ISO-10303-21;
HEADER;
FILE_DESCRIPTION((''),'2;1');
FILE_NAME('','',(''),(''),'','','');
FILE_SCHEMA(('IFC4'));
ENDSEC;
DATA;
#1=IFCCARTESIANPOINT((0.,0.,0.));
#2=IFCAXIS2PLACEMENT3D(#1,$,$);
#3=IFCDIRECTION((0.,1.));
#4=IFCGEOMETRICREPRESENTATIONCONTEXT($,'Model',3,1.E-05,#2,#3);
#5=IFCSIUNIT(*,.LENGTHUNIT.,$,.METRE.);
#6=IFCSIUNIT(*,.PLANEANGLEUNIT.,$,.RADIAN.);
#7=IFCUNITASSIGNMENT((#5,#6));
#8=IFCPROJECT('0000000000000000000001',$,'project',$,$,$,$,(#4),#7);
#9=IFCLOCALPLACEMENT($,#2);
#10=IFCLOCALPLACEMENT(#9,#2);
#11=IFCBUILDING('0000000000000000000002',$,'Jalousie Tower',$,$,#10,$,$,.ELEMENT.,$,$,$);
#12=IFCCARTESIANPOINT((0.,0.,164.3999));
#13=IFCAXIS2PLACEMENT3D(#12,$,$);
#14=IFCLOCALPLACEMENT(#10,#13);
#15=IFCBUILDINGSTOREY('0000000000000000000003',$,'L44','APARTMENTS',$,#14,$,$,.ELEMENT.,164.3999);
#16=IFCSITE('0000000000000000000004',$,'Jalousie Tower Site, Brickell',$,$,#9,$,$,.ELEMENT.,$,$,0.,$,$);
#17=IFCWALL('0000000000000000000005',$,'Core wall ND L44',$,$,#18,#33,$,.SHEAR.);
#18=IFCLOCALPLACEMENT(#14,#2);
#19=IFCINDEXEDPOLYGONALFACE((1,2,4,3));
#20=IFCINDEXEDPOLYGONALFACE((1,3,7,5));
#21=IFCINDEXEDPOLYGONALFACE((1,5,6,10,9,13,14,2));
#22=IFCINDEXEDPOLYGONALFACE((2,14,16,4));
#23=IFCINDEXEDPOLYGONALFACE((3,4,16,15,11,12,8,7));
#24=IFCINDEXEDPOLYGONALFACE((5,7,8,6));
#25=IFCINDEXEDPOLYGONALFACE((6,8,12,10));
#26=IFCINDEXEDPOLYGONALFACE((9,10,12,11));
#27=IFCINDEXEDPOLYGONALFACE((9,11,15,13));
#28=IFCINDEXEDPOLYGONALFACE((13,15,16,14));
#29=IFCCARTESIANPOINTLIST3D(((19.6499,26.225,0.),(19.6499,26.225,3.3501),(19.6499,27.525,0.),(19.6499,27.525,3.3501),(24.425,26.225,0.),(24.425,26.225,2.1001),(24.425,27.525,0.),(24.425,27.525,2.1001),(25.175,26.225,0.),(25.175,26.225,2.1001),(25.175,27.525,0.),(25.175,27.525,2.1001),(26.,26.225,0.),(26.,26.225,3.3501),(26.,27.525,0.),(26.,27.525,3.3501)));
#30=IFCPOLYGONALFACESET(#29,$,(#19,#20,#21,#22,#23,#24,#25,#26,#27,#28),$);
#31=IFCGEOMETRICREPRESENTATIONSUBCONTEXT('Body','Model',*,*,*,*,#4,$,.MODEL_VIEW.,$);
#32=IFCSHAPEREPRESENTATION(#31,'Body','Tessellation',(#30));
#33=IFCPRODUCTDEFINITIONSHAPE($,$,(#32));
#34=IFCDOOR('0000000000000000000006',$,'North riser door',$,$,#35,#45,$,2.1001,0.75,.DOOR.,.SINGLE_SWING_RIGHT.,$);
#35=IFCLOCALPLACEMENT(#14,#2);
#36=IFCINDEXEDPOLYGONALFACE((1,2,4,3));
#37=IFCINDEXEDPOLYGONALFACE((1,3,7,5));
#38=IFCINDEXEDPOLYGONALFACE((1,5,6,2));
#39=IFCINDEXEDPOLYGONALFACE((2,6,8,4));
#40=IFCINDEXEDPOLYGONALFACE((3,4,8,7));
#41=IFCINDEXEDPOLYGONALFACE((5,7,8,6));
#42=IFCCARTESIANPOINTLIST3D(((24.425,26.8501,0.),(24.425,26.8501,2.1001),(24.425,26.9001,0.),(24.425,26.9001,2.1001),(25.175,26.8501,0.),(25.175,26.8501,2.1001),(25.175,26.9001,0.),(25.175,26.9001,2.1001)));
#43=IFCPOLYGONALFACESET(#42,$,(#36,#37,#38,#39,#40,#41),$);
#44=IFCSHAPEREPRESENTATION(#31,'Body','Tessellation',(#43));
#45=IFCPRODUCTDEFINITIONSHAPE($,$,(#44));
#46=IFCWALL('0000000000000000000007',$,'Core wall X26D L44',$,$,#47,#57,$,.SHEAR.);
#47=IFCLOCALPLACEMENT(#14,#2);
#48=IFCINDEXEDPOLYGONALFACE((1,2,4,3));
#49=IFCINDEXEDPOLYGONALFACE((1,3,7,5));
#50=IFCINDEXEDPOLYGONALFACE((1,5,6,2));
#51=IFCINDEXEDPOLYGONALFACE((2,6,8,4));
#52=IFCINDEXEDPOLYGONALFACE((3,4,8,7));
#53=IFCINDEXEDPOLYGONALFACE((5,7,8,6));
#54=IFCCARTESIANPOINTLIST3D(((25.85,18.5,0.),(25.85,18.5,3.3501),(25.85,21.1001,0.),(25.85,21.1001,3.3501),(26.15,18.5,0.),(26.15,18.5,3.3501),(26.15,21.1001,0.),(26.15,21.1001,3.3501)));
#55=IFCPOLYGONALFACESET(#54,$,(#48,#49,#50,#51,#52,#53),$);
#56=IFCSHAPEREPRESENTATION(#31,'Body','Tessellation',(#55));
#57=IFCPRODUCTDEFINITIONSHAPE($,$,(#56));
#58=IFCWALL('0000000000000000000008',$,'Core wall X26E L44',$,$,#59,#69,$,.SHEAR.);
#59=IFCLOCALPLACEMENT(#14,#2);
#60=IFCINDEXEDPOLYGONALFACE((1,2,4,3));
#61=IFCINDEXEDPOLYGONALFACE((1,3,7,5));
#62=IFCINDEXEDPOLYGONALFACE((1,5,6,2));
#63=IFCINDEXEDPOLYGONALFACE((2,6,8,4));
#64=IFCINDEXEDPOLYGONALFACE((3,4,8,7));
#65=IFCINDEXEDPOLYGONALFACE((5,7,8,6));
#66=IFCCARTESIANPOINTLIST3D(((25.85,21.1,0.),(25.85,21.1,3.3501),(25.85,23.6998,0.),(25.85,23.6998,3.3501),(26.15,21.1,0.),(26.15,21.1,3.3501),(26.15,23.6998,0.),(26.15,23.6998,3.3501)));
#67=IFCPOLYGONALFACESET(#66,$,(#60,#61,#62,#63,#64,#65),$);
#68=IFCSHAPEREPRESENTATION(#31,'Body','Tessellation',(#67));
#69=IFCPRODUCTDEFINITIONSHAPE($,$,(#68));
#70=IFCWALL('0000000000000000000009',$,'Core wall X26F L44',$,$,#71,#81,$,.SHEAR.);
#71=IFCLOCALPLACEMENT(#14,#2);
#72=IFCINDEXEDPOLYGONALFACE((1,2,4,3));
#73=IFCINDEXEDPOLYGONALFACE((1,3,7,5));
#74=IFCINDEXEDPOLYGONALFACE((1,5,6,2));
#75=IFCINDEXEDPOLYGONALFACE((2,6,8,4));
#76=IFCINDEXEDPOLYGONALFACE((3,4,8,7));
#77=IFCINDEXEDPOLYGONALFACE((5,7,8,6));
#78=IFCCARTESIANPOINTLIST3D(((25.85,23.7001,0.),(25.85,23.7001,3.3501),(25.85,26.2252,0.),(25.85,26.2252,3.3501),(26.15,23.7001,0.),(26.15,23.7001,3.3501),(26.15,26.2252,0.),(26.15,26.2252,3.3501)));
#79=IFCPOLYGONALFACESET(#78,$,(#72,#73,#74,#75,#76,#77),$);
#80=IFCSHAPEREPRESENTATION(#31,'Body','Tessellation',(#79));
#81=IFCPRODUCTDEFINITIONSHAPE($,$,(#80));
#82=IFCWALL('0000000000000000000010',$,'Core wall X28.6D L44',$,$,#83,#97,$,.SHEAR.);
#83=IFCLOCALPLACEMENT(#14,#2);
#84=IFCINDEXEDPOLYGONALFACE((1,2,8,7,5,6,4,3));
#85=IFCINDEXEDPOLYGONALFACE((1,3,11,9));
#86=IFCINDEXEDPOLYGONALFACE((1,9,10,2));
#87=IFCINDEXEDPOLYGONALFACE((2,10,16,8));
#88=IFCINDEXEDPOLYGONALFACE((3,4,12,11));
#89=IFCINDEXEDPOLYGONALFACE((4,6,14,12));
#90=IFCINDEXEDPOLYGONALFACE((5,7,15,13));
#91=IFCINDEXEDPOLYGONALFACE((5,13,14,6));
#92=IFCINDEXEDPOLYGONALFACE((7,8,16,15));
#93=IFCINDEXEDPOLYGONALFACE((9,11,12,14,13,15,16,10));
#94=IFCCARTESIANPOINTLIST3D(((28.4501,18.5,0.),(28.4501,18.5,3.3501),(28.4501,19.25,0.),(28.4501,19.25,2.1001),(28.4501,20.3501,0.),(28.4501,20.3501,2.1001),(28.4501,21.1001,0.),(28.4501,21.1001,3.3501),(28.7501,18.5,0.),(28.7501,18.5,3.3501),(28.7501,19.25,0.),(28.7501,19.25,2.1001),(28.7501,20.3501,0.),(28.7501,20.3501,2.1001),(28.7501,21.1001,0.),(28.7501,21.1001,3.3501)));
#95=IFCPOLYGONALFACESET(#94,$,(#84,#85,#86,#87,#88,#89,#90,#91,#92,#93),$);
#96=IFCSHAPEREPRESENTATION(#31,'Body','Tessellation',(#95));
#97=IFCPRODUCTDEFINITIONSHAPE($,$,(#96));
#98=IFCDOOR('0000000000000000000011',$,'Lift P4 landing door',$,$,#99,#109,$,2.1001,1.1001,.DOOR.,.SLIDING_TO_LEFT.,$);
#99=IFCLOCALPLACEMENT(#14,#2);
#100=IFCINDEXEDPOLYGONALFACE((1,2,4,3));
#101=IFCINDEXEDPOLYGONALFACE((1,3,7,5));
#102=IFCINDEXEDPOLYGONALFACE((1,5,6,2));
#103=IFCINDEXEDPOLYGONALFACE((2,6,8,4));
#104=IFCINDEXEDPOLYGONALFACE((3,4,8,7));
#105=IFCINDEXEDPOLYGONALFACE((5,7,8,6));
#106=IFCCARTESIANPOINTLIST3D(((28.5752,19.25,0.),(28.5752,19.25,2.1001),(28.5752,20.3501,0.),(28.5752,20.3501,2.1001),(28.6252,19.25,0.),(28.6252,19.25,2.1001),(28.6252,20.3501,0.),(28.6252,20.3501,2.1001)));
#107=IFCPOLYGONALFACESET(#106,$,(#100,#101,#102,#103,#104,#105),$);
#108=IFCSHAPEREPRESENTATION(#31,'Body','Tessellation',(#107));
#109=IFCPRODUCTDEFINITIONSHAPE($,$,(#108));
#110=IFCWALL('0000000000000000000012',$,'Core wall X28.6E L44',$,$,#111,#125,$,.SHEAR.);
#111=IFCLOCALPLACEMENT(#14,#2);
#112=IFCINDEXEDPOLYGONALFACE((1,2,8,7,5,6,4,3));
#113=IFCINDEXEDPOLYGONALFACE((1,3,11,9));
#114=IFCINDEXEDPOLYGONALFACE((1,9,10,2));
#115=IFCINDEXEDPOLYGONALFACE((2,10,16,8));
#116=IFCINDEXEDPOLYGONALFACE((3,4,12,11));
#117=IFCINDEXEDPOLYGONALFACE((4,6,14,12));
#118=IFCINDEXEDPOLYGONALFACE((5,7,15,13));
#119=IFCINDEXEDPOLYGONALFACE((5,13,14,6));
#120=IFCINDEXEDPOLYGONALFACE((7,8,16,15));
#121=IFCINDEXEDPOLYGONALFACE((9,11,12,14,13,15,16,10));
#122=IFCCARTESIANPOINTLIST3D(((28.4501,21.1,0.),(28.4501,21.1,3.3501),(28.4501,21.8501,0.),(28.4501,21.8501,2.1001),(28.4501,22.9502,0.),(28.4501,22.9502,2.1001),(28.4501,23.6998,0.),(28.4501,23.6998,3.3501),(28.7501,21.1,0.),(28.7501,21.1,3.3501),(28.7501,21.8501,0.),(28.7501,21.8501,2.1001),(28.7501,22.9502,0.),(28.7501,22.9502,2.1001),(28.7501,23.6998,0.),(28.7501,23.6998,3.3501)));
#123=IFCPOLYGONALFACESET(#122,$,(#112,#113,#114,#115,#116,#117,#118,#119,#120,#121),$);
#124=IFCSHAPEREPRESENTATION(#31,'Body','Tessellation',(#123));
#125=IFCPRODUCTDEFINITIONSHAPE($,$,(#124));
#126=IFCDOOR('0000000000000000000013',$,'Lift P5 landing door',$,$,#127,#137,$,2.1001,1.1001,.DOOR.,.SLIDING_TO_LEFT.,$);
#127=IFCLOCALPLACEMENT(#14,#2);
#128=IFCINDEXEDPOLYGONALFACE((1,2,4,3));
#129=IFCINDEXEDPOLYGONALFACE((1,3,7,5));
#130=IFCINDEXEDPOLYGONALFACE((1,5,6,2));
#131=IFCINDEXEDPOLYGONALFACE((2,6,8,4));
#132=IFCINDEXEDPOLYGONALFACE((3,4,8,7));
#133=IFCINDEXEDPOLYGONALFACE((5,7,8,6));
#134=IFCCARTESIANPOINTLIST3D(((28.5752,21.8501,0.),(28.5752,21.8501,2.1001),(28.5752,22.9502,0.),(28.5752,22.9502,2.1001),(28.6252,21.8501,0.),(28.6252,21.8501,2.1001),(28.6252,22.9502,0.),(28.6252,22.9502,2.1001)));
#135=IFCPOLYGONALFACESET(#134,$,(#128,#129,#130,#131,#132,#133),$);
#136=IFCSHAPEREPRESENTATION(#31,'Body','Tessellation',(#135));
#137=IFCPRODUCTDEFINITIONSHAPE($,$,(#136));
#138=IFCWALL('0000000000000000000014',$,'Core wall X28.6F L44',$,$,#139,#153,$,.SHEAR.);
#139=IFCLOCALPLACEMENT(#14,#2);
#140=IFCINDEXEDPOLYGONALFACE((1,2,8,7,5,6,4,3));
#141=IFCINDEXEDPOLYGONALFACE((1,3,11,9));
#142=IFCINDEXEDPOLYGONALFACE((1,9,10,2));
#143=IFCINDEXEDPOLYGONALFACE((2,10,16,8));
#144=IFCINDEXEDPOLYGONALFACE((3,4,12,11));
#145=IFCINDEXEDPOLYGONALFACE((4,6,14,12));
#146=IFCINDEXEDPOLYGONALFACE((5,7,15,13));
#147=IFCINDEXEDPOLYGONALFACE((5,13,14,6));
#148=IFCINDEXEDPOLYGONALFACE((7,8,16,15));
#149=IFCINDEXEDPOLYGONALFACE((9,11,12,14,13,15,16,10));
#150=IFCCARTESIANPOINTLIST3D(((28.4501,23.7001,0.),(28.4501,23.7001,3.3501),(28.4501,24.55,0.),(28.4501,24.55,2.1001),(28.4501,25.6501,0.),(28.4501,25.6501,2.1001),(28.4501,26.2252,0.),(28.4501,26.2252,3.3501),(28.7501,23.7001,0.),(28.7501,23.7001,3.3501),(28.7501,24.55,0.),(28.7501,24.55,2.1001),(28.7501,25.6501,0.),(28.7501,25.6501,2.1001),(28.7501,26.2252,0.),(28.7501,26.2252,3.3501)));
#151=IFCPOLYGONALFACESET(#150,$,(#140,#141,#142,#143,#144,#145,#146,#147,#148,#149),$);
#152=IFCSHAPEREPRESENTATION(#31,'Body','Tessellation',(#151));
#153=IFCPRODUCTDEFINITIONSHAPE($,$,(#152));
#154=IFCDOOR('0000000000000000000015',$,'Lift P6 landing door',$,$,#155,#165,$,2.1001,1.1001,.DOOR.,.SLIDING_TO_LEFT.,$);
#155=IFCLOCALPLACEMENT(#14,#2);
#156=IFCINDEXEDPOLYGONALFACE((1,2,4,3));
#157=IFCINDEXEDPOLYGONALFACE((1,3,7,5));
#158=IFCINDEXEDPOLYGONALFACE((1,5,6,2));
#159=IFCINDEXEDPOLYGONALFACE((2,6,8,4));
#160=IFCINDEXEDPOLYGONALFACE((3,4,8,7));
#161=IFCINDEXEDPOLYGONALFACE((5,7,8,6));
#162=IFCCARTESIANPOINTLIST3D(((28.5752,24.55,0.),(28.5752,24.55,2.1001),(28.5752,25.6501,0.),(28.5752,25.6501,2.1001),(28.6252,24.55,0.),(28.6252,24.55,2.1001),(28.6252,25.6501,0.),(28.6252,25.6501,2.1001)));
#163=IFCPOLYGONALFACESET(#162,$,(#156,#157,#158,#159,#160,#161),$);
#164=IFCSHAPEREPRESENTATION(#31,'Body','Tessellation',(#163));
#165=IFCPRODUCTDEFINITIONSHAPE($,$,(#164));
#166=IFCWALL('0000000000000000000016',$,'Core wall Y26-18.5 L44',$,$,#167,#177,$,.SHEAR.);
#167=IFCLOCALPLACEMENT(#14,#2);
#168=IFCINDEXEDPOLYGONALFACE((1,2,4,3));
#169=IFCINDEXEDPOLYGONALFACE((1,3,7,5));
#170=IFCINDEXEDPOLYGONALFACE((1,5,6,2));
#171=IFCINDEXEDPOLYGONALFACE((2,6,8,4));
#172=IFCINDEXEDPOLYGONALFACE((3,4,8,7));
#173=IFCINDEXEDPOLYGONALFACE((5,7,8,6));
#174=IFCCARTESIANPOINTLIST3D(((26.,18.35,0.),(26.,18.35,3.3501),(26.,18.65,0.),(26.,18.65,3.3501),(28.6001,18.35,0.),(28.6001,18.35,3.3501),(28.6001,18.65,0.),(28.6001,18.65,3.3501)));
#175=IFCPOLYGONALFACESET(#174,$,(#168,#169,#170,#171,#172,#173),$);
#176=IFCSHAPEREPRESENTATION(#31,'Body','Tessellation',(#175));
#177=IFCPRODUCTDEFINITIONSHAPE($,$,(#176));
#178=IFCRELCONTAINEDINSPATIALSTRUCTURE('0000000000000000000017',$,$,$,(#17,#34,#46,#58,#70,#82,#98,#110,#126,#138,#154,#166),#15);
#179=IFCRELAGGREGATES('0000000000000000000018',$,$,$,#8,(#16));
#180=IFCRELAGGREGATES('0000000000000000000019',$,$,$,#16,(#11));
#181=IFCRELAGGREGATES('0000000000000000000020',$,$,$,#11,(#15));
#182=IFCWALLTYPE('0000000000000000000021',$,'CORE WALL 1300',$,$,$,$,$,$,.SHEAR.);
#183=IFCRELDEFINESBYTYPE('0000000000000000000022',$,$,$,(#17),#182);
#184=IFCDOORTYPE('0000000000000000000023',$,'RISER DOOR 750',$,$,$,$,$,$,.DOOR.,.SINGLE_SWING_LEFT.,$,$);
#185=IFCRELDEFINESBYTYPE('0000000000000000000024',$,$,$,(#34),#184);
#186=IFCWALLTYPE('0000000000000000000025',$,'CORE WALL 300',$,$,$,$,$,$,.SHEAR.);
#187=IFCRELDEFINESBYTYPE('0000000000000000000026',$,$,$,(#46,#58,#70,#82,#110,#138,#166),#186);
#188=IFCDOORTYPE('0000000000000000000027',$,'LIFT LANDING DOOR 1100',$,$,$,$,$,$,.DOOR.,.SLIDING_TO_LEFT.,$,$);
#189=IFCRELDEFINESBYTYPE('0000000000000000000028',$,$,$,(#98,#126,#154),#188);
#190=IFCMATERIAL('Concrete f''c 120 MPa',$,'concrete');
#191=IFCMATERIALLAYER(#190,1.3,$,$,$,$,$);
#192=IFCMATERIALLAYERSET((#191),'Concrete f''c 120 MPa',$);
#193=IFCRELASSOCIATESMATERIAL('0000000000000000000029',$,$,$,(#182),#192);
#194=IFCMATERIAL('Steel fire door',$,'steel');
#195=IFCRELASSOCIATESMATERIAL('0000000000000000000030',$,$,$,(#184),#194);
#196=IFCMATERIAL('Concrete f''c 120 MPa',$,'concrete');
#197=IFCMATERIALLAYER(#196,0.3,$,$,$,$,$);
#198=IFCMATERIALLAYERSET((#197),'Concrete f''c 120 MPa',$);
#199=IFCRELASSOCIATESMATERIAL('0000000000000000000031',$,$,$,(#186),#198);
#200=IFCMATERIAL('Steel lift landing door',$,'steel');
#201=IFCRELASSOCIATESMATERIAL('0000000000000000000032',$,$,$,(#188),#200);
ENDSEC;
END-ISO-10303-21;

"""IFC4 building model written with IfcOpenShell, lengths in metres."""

from ifc_helpers import new_model, si_unit, direction, frame, frame_2d, origin, place, context, subcontext, project, spatial, rectangle, extrude, material, layer, layer_set, type_object, element, fill, save


model = new_model("IFC4")

# Units and contexts
model_context = context("Model", 3, precision=1e-05, world=origin(), true_north=direction((0.0, 1.0)))
body_context = subcontext(model_context, "Body", "Model", "MODEL_VIEW")
ifc_project = project(units=[si_unit("LENGTHUNIT", "METRE"), si_unit("PLANEANGLEUNIT", "RADIAN")], contexts=[model_context])

# Site, building, storey
site_placement = place(None, origin())
site = spatial("IfcSite", under=ifc_project, at=site_placement, Name="Jalousie Tower Site, Brickell", CompositionType="ELEMENT", RefElevation=0.0)
building_placement = place(site_placement, origin())
building = spatial("IfcBuilding", under=site, at=building_placement, Name="Jalousie Tower", CompositionType="ELEMENT")
storey_placement = place(building_placement, frame((0.0, 0.0, 164.3999)))
storey = spatial("IfcBuildingStorey", under=building, at=storey_placement, Name="L44", Description="APARTMENTS", CompositionType="ELEMENT", Elevation=164.3999)

# Wall, opening, door
ifc_material_1 = material(Name="Concrete f'c 120 MPa", Category="concrete")
ifc_layer_1 = layer(ifc_material_1, 1.3)
ifc_layer_set_1 = layer_set([ifc_layer_1], Name="Concrete f'c 120 MPa")
wall_type_1 = type_object("IfcWallType", Name="CORE WALL 1300", PredefinedType="SHEAR", material=ifc_layer_set_1)
wall_1_placement = place(storey_placement, frame((26.0, 26.875, 0.0), z_axis=(0.0, 0.0, 1.0), x_axis=(-1.0, 0.0, 0.0)))
wall_1 = element("IfcWall", 1, at=wall_1_placement, inside=storey, type_object=wall_type_1, Name="Core wall ND L44", PredefinedType="SHEAR", context=body_context, shape_type="SweptSolid", body=[
    extrude(rectangle(XDim=6.3501, YDim=1.3, at=frame_2d((3.175, 0.0))), origin(), (0.0, 0.0, 1.0), 3.3501),
])
opening_1_placement = place(wall_1_placement, frame((0.825, 0.0, 0.0)))
opening_1 = element("IfcOpeningElement", 2, at=opening_1_placement, cuts=wall_1, PredefinedType="OPENING", context=body_context, shape_type="SweptSolid", body=[
    extrude(rectangle(XDim=0.75, YDim=2.1001, at=frame_2d((0.375, 1.05))), frame((0.0, 0.6599, 0.0), z_axis=(0.0, -1.0, 0.0), x_axis=(1.0, 0.0, 0.0)), (0.0, 0.0, 1.0), 1.3201),
])
ifc_material_2 = material(Name="Steel fire door", Category="steel")
door_type_1 = type_object("IfcDoorType", Name="RISER DOOR 750", OperationType="SINGLE_SWING_LEFT", PredefinedType="DOOR", material=ifc_material_2)
door_1_placement = place(opening_1_placement, origin())
door_1 = element("IfcDoor", 3, at=door_1_placement, inside=storey, type_object=door_type_1, Name="North riser door", OperationType="SINGLE_SWING_RIGHT", OverallHeight=2.1001, OverallWidth=0.75, PredefinedType="DOOR", context=body_context, shape_type="SweptSolid", body=[
    extrude(rectangle(XDim=0.75, YDim=2.1001, at=frame_2d((0.375, 1.05))), frame((0.0, 0.0249, 0.0), z_axis=(0.0, -1.0, 0.0), x_axis=(1.0, 0.0, 0.0)), (0.0, 0.0, 1.0), 0.05),
])
fill(opening_1, door_1)

# Walls
ifc_material_3 = material(Name="Concrete f'c 120 MPa", Category="concrete")
ifc_layer_2 = layer(ifc_material_3, 0.3)
ifc_layer_set_2 = layer_set([ifc_layer_2], Name="Concrete f'c 120 MPa")
wall_type_2 = type_object("IfcWallType", Name="CORE WALL 300", PredefinedType="SHEAR", material=ifc_layer_set_2)
wall_2_placement = place(storey_placement, frame((26.0, 18.5, 0.0), z_axis=(0.0, 0.0, 1.0), x_axis=(0.0, 1.0, 0.0)))
element("IfcWall", 4, at=wall_2_placement, inside=storey, type_object=wall_type_2, Name="Core wall X26D L44", PredefinedType="SHEAR", context=body_context, shape_type="SweptSolid", body=[
    extrude(rectangle(XDim=2.6001, YDim=0.3, at=frame_2d((1.3, 0.0))), origin(), (0.0, 0.0, 1.0), 3.3501),
])
wall_3_placement = place(storey_placement, frame((26.0, 21.1001, 0.0), z_axis=(0.0, 0.0, 1.0), x_axis=(0.0, 1.0, 0.0)))
element("IfcWall", 5, at=wall_3_placement, inside=storey, type_object=wall_type_2, Name="Core wall X26E L44", PredefinedType="SHEAR", context=body_context, shape_type="SweptSolid", body=[
    extrude(rectangle(XDim=2.5999, YDim=0.3, at=frame_2d((1.2998, 0.0))), origin(), (0.0, 0.0, 1.0), 3.3501),
])
wall_4_placement = place(storey_placement, frame((26.0, 23.7, 0.0), z_axis=(0.0, 0.0, 1.0), x_axis=(0.0, 1.0, 0.0)))
element("IfcWall", 6, at=wall_4_placement, inside=storey, type_object=wall_type_2, Name="Core wall X26F L44", PredefinedType="SHEAR", context=body_context, shape_type="SweptSolid", body=[
    extrude(rectangle(XDim=2.5251, YDim=0.3, at=frame_2d((1.2627, 0.0))), origin(), (0.0, 0.0, 1.0), 3.3501),
])

# Walls, openings, doors
wall_5_placement = place(storey_placement, frame((28.6001, 18.5, 0.0), z_axis=(0.0, 0.0, 1.0), x_axis=(0.0, 1.0, 0.0)))
wall_5 = element("IfcWall", 7, at=wall_5_placement, inside=storey, type_object=wall_type_2, Name="Core wall X28.6D L44", PredefinedType="SHEAR", context=body_context, shape_type="SweptSolid", body=[
    extrude(rectangle(XDim=2.6001, YDim=0.3, at=frame_2d((1.3, 0.0))), origin(), (0.0, 0.0, 1.0), 3.3501),
])
opening_2_placement = place(wall_5_placement, frame((0.75, 0.0, 0.0)))
opening_2 = element("IfcOpeningElement", 8, at=opening_2_placement, cuts=wall_5, PredefinedType="OPENING", context=body_context, shape_type="SweptSolid", body=[
    extrude(rectangle(XDim=1.1001, YDim=2.1001, at=frame_2d((0.55, 1.05))), frame((0.0, 0.1599, 0.0), z_axis=(0.0, -1.0, 0.0), x_axis=(1.0, 0.0, 0.0)), (0.0, 0.0, 1.0), 0.3201),
])
ifc_material_4 = material(Name="Steel lift landing door", Category="steel")
door_type_2 = type_object("IfcDoorType", Name="LIFT LANDING DOOR 1100", OperationType="SLIDING_TO_LEFT", PredefinedType="DOOR", material=ifc_material_4)
door_2_placement = place(opening_2_placement, origin())
door_2 = element("IfcDoor", 9, at=door_2_placement, inside=storey, type_object=door_type_2, Name="Lift P4 landing door", OperationType="SLIDING_TO_LEFT", OverallHeight=2.1001, OverallWidth=1.1001, PredefinedType="DOOR", context=body_context, shape_type="SweptSolid", body=[
    extrude(rectangle(XDim=1.1001, YDim=2.1001, at=frame_2d((0.55, 1.05))), frame((0.0, 0.0249, 0.0), z_axis=(0.0, -1.0, 0.0), x_axis=(1.0, 0.0, 0.0)), (0.0, 0.0, 1.0), 0.05),
])
fill(opening_2, door_2)
wall_6_placement = place(storey_placement, frame((28.6001, 21.1001, 0.0), z_axis=(0.0, 0.0, 1.0), x_axis=(0.0, 1.0, 0.0)))
wall_6 = element("IfcWall", 10, at=wall_6_placement, inside=storey, type_object=wall_type_2, Name="Core wall X28.6E L44", PredefinedType="SHEAR", context=body_context, shape_type="SweptSolid", body=[
    extrude(rectangle(XDim=2.5999, YDim=0.3, at=frame_2d((1.2998, 0.0))), origin(), (0.0, 0.0, 1.0), 3.3501),
])
opening_3_placement = place(wall_6_placement, frame((0.75, 0.0, 0.0)))
opening_3 = element("IfcOpeningElement", 11, at=opening_3_placement, cuts=wall_6, PredefinedType="OPENING", context=body_context, shape_type="SweptSolid", body=[
    extrude(rectangle(XDim=1.1001, YDim=2.1001, at=frame_2d((0.55, 1.05))), frame((0.0, 0.1599, 0.0), z_axis=(0.0, -1.0, 0.0), x_axis=(1.0, 0.0, 0.0)), (0.0, 0.0, 1.0), 0.3201),
])
door_3_placement = place(opening_3_placement, origin())
door_3 = element("IfcDoor", 12, at=door_3_placement, inside=storey, type_object=door_type_2, Name="Lift P5 landing door", OperationType="SLIDING_TO_LEFT", OverallHeight=2.1001, OverallWidth=1.1001, PredefinedType="DOOR", context=body_context, shape_type="SweptSolid", body=[
    extrude(rectangle(XDim=1.1001, YDim=2.1001, at=frame_2d((0.55, 1.05))), frame((0.0, 0.0249, 0.0), z_axis=(0.0, -1.0, 0.0), x_axis=(1.0, 0.0, 0.0)), (0.0, 0.0, 1.0), 0.05),
])
fill(opening_3, door_3)
wall_7_placement = place(storey_placement, frame((28.6001, 23.7, 0.0), z_axis=(0.0, 0.0, 1.0), x_axis=(0.0, 1.0, 0.0)))
wall_7 = element("IfcWall", 13, at=wall_7_placement, inside=storey, type_object=wall_type_2, Name="Core wall X28.6F L44", PredefinedType="SHEAR", context=body_context, shape_type="SweptSolid", body=[
    extrude(rectangle(XDim=2.5251, YDim=0.3, at=frame_2d((1.2627, 0.0))), origin(), (0.0, 0.0, 1.0), 3.3501),
])
opening_4_placement = place(wall_7_placement, frame((0.8501, 0.0, 0.0)))
opening_4 = element("IfcOpeningElement", 14, at=opening_4_placement, cuts=wall_7, PredefinedType="OPENING", context=body_context, shape_type="SweptSolid", body=[
    extrude(rectangle(XDim=1.1001, YDim=2.1001, at=frame_2d((0.55, 1.05))), frame((0.0, 0.1599, 0.0), z_axis=(0.0, -1.0, 0.0), x_axis=(1.0, 0.0, 0.0)), (0.0, 0.0, 1.0), 0.3201),
])
door_4_placement = place(opening_4_placement, origin())
door_4 = element("IfcDoor", 15, at=door_4_placement, inside=storey, type_object=door_type_2, Name="Lift P6 landing door", OperationType="SLIDING_TO_LEFT", OverallHeight=2.1001, OverallWidth=1.1001, PredefinedType="DOOR", context=body_context, shape_type="SweptSolid", body=[
    extrude(rectangle(XDim=1.1001, YDim=2.1001, at=frame_2d((0.55, 1.05))), frame((0.0, 0.0249, 0.0), z_axis=(0.0, -1.0, 0.0), x_axis=(1.0, 0.0, 0.0)), (0.0, 0.0, 1.0), 0.05),
])
fill(opening_4, door_4)

# Wall
for number, where, z_axis, x_axis, name in (
    (16, (26.0, 18.5, 0.0), (0.0, 0.0, 1.0), (1.0, 0.0, 0.0), "Core wall Y26-18.5 L44"),
):
    element("IfcWall", number, at=place(storey_placement, frame(where, z_axis=z_axis, x_axis=x_axis)), inside=storey, type_object=wall_type_2, Name=name, PredefinedType="SHEAR", context=body_context, shape_type="SweptSolid", body=[
        extrude(rectangle(XDim=2.6001, YDim=0.3, at=frame_2d((1.3, 0.0))), origin(), (0.0, 0.0, 1.0), 3.3501),
    ])

save(model, "model.ifc")
